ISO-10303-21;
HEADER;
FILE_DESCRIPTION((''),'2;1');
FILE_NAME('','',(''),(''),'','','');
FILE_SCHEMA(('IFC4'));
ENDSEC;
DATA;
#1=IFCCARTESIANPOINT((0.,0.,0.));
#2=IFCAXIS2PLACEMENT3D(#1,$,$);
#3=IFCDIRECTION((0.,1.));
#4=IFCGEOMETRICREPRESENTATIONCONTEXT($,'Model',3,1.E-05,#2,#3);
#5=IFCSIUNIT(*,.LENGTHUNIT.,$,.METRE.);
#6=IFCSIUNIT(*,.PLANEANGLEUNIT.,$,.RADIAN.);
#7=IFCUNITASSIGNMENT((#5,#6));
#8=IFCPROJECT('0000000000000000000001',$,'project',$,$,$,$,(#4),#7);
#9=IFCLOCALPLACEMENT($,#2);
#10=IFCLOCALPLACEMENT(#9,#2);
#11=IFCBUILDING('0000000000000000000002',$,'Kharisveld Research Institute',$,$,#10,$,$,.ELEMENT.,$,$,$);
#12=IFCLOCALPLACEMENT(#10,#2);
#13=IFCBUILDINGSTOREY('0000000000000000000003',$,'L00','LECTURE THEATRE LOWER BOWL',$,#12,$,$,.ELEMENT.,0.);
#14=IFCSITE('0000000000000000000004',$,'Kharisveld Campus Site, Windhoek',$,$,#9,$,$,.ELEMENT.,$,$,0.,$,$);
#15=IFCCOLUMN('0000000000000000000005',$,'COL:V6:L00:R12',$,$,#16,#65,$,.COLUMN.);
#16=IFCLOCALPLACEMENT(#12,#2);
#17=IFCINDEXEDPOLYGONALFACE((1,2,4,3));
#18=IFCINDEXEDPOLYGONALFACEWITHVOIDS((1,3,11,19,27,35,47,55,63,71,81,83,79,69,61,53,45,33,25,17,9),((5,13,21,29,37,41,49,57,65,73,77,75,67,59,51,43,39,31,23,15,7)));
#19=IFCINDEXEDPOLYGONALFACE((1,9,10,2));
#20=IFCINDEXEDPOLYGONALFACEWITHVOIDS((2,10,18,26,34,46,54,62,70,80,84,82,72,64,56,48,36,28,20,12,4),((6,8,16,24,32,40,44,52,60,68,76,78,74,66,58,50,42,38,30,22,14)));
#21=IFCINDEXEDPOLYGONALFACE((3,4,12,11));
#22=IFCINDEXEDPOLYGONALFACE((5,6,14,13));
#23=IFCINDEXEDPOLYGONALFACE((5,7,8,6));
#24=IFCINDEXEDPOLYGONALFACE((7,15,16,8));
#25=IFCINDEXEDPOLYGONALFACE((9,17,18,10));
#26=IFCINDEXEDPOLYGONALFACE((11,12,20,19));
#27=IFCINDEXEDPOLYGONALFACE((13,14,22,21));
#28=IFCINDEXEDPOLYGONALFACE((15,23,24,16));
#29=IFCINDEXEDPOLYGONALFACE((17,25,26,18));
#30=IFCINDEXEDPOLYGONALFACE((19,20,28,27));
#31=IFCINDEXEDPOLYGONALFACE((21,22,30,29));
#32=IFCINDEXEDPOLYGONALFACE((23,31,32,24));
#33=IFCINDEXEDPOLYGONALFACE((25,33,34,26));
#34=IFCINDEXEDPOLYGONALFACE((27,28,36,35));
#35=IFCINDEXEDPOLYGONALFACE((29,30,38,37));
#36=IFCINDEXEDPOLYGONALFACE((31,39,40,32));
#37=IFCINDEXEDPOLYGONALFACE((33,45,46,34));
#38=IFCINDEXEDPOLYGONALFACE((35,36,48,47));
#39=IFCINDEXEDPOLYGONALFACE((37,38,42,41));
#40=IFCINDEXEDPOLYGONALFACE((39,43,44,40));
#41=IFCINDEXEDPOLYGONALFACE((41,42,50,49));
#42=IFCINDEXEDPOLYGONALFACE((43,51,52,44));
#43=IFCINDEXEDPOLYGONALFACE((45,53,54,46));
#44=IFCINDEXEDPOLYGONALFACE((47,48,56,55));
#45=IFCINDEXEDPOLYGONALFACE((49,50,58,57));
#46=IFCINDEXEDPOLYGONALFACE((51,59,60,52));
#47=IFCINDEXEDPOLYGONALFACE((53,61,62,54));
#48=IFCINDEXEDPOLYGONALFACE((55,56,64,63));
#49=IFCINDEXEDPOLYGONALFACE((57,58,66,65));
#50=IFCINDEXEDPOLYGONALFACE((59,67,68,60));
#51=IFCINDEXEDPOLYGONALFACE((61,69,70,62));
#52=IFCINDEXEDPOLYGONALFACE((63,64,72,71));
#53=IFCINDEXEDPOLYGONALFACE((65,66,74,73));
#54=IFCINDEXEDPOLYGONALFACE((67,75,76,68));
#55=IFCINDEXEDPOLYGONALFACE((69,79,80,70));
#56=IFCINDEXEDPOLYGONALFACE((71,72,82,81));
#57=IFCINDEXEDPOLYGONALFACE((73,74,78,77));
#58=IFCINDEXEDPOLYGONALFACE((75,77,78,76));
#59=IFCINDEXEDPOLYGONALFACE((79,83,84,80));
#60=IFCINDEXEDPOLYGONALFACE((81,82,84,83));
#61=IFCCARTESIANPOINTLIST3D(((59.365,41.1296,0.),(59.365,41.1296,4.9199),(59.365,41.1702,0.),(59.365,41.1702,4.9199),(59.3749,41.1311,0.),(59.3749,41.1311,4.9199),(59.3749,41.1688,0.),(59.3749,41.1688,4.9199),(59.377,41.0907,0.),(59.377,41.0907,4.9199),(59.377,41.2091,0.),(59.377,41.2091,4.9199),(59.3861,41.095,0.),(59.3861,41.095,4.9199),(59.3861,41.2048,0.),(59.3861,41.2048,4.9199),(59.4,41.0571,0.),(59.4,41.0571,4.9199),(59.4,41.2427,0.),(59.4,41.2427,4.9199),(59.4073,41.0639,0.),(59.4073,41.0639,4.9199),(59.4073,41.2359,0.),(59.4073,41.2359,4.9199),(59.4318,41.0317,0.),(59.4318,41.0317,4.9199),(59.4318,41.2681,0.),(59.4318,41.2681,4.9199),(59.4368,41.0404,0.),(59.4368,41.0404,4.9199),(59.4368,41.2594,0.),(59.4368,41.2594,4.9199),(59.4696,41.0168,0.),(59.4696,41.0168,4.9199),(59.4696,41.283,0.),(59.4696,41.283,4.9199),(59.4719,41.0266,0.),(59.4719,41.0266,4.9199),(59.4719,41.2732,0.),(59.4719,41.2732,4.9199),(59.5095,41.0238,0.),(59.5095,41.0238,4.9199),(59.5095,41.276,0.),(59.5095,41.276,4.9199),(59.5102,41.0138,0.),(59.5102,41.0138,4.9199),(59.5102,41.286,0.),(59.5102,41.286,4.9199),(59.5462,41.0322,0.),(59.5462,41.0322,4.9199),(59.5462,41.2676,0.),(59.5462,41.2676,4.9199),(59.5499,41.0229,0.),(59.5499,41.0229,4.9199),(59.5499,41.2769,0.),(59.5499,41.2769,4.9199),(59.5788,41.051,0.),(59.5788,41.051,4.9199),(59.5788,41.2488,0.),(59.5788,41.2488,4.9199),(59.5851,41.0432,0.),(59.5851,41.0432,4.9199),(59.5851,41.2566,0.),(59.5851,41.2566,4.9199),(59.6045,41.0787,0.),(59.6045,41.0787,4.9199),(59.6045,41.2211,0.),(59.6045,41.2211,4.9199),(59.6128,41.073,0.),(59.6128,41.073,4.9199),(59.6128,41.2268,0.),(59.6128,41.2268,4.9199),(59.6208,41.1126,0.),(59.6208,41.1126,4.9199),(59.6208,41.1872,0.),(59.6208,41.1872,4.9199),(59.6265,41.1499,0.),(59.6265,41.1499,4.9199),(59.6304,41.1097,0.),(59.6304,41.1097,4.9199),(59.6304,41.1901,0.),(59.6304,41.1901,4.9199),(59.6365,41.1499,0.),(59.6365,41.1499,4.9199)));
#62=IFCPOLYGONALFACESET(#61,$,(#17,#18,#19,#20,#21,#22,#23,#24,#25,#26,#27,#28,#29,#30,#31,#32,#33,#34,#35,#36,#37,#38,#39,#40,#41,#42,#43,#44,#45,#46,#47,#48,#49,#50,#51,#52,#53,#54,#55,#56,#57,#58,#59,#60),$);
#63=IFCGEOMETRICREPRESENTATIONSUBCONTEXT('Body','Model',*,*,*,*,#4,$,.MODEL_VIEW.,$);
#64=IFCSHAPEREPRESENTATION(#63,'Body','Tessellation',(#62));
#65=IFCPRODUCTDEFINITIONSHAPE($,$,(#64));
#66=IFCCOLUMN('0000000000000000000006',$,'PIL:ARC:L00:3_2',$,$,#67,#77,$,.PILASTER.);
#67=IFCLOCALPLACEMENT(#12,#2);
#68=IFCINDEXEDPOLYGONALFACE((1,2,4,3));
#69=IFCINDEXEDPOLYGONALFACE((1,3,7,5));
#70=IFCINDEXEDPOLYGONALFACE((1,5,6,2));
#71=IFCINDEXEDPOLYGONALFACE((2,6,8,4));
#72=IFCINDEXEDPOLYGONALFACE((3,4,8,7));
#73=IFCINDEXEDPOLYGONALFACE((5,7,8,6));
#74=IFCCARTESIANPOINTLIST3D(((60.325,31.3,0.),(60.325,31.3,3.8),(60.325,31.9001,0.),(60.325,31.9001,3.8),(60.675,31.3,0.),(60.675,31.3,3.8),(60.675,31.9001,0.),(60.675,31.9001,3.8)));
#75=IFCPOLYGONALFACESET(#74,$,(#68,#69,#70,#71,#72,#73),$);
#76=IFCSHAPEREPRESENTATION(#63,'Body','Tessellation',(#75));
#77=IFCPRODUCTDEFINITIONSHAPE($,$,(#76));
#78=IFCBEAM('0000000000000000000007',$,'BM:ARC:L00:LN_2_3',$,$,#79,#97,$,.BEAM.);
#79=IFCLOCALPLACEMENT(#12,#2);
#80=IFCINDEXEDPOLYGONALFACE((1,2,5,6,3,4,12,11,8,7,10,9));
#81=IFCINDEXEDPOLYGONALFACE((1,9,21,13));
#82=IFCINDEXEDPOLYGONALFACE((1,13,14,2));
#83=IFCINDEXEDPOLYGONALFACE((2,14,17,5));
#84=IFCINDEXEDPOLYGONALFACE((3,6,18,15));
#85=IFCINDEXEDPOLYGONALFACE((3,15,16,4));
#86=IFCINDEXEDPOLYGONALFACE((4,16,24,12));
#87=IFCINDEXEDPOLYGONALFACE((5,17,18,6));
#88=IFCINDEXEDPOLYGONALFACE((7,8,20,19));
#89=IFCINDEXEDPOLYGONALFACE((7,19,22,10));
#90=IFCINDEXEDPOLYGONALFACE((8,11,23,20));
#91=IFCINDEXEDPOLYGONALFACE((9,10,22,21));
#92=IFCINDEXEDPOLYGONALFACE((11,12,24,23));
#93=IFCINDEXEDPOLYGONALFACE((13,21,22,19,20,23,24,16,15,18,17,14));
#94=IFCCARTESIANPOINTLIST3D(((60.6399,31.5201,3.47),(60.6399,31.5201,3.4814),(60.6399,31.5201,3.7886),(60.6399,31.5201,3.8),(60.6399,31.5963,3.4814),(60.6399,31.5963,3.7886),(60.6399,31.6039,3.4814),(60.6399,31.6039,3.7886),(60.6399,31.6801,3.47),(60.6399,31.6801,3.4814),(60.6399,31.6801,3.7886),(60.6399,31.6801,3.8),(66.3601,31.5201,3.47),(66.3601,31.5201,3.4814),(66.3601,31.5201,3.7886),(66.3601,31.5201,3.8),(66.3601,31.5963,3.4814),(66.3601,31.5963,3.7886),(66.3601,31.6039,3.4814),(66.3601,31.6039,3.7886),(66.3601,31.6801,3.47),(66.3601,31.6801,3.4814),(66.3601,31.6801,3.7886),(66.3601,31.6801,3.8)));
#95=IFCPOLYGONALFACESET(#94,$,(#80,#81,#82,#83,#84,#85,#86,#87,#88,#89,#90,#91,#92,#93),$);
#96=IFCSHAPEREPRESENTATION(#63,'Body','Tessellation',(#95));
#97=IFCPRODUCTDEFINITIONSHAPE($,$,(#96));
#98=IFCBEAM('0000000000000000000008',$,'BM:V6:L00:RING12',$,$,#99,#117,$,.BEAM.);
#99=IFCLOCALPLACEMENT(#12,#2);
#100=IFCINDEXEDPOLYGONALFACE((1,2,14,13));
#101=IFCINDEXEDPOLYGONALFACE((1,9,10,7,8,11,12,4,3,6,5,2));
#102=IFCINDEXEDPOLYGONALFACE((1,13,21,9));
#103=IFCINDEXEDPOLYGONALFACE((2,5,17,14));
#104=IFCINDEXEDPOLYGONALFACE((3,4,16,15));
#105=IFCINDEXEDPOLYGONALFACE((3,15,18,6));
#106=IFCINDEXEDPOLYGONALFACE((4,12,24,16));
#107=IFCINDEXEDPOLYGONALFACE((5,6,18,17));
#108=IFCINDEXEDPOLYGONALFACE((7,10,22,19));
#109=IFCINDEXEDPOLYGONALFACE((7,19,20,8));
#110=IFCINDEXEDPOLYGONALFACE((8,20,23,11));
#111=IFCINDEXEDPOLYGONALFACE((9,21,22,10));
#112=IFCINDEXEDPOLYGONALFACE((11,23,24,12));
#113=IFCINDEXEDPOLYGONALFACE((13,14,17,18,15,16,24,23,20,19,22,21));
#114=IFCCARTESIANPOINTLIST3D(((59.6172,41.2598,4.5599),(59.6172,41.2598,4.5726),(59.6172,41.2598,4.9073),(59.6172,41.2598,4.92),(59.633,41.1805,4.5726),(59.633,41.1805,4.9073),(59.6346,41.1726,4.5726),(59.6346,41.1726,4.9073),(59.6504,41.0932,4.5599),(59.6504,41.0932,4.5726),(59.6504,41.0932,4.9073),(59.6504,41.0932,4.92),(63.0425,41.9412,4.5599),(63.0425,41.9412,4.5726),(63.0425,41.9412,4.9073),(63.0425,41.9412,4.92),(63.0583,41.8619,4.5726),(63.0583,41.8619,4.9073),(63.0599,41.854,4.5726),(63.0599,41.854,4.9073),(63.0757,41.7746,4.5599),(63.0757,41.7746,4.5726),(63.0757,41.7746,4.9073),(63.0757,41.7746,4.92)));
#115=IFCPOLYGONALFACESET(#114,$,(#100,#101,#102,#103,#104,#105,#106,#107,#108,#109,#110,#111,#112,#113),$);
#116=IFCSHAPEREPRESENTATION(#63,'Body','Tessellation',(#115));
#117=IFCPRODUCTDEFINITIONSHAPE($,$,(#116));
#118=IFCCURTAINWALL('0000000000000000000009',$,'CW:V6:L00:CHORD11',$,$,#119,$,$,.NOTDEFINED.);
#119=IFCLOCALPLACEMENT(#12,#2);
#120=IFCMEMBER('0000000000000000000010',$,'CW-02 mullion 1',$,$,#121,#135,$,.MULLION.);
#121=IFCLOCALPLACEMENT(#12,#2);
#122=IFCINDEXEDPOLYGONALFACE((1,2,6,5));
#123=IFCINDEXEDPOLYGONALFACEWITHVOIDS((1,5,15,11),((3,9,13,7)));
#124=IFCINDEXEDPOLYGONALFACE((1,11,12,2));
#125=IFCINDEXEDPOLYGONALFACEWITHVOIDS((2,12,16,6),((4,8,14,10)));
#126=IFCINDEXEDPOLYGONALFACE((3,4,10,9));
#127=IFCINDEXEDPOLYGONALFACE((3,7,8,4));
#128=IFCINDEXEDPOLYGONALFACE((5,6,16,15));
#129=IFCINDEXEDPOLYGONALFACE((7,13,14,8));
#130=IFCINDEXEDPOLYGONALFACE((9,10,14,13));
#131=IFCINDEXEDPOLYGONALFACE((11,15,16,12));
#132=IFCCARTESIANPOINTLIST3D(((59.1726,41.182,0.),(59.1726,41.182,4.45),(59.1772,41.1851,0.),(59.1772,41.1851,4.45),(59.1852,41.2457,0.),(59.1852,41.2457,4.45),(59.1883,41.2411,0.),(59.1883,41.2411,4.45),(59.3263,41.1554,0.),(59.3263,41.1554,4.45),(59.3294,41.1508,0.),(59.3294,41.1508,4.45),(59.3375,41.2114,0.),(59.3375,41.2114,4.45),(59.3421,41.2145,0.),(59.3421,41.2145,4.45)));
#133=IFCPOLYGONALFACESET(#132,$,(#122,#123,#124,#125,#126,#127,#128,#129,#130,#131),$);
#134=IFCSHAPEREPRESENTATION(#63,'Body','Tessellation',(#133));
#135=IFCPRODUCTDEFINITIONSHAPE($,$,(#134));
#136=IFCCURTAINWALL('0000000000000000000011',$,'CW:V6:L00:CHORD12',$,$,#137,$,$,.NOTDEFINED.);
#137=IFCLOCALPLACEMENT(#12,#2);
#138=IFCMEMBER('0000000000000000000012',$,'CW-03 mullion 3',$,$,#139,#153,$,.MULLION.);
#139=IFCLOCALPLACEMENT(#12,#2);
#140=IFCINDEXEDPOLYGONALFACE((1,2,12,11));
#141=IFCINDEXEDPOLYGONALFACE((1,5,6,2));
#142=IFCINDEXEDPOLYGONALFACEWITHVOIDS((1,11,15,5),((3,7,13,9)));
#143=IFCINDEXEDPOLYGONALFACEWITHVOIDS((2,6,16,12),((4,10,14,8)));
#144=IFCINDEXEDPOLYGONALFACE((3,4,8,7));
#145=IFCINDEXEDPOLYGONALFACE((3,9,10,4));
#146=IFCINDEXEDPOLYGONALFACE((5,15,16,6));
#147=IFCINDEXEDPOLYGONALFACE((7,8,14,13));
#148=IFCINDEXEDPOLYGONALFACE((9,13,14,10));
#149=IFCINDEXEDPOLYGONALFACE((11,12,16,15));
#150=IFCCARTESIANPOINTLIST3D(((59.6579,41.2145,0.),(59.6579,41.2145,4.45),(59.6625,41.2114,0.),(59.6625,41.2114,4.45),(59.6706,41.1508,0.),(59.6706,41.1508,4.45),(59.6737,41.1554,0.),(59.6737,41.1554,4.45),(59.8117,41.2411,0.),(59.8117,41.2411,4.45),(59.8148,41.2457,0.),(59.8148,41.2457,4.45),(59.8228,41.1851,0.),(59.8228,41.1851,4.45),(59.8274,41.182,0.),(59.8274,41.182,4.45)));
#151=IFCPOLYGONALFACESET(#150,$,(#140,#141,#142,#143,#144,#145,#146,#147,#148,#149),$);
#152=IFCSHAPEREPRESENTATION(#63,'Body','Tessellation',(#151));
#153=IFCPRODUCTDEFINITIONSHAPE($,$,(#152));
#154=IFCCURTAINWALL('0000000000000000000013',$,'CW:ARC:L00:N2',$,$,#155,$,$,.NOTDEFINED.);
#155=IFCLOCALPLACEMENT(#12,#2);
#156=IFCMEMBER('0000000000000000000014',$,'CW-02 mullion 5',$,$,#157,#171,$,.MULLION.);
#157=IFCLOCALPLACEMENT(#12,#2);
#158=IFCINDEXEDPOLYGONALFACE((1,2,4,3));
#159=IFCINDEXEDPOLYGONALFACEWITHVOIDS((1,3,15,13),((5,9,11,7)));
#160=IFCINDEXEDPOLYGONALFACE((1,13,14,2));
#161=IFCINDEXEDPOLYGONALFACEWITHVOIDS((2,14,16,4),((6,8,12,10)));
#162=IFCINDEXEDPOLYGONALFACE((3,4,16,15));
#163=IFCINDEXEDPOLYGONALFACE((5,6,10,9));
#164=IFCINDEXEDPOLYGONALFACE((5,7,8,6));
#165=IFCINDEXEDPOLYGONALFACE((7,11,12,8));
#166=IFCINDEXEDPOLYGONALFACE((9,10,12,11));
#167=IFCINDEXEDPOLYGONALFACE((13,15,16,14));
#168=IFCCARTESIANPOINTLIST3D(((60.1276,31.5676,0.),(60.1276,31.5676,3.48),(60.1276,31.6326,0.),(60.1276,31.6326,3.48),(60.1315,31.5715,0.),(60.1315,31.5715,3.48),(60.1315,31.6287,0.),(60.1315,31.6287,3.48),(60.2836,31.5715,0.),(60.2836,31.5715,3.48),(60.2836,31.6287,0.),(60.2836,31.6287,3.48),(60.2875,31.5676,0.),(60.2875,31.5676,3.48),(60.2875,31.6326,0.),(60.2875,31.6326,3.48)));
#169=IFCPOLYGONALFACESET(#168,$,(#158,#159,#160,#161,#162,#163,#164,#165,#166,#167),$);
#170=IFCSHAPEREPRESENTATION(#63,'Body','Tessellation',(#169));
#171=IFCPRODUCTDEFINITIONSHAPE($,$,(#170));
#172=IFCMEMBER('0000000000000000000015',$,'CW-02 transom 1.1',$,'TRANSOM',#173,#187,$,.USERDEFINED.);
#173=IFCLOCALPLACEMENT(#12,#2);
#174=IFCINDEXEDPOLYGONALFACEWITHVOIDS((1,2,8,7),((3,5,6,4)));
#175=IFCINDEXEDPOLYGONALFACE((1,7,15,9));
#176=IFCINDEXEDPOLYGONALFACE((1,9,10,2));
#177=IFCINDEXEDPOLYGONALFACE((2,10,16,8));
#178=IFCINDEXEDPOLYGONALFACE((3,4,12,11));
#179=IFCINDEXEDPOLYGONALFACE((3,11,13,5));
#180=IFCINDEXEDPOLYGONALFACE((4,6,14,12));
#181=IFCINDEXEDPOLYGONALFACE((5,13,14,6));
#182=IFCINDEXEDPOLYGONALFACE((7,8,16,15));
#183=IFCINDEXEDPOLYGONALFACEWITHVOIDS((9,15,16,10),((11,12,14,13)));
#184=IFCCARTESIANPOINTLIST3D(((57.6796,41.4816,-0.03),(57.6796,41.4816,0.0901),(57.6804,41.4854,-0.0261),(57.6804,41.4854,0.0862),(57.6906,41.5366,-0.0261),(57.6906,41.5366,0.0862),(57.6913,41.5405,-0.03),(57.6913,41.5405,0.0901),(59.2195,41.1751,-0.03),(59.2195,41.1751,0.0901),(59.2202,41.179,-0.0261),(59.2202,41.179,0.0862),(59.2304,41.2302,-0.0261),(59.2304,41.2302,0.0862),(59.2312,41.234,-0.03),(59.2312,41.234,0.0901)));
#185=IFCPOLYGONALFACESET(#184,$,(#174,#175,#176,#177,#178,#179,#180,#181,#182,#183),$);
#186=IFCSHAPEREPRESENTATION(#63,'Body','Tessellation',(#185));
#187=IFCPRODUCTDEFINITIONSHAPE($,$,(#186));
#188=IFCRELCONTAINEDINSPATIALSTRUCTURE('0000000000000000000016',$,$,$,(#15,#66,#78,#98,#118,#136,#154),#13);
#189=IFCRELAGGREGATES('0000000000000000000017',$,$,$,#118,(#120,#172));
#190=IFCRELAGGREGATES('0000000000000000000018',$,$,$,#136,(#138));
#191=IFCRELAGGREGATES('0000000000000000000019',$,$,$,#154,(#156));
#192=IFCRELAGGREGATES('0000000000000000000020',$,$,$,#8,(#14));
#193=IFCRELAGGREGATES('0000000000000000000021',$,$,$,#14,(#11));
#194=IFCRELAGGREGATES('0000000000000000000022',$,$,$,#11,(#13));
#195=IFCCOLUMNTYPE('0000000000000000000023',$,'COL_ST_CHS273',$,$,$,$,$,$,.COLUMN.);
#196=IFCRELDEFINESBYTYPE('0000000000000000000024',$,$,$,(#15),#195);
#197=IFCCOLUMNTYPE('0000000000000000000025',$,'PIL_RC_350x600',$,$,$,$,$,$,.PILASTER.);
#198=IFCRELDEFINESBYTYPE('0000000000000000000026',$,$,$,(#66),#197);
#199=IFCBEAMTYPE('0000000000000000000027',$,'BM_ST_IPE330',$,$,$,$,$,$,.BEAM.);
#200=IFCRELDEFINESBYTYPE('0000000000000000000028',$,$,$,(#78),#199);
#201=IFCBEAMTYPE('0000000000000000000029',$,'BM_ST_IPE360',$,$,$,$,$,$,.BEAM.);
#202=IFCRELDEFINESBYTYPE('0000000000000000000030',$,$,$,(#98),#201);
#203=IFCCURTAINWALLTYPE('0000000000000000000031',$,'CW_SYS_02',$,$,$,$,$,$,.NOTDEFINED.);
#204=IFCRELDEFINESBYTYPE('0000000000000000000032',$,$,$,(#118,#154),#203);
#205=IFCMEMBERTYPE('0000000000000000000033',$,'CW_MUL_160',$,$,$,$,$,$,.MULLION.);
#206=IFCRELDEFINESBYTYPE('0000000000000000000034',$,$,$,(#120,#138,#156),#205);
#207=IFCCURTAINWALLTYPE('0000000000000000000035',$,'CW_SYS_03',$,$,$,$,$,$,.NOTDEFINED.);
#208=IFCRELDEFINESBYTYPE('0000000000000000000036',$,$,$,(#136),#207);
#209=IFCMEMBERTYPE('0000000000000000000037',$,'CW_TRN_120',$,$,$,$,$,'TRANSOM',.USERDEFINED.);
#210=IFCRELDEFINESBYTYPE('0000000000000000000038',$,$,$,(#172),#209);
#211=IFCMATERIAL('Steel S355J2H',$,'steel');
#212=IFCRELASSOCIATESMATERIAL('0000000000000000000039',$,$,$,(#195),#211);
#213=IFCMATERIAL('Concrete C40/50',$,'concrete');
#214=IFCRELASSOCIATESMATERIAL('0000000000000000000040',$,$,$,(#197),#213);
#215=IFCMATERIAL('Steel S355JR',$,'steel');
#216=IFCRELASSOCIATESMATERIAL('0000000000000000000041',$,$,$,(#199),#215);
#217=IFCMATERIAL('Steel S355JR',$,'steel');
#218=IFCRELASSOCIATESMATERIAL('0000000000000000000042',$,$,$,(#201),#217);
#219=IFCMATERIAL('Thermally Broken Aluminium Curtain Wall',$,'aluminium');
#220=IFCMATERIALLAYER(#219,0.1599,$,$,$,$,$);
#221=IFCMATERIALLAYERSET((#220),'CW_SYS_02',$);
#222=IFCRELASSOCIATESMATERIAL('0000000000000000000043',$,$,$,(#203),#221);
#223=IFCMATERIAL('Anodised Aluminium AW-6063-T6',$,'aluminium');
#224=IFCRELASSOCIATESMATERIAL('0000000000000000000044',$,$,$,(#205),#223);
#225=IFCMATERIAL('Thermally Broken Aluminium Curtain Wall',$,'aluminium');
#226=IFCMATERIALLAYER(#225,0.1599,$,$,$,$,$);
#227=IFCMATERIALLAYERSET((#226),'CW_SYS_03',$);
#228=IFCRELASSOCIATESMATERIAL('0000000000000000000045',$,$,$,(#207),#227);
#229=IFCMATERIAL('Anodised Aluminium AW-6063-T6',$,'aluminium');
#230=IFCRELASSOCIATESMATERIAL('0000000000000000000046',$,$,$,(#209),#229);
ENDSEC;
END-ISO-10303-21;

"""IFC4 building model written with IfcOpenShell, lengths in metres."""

from ifc_helpers import new_model, si_unit, direction, frame, origin, origin_2d, place, context, subcontext, project, spatial, rectangle, hollow_rectangle, hollow_circle, i_section, extrude, material, layer, layer_set, material_profile, profile_set, type_object, element, aggregate, save


model = new_model("IFC4")

# Units and contexts
model_context = context("Model", 3, precision=1e-05, world=origin(), true_north=direction((0.0, 1.0)))
body_context = subcontext(model_context, "Body", "Model", "MODEL_VIEW")
ifc_project = project(units=[si_unit("LENGTHUNIT", "METRE"), si_unit("PLANEANGLEUNIT", "RADIAN")], contexts=[model_context])

# Site, building, storey
site_placement = place(None, origin())
site = spatial("IfcSite", under=ifc_project, at=site_placement, Name="Kharisveld Campus Site, Windhoek", CompositionType="ELEMENT", RefElevation=0.0)
building_placement = place(site_placement, origin())
building = spatial("IfcBuilding", under=site, at=building_placement, Name="Kharisveld Research Institute", CompositionType="ELEMENT")
storey_placement = place(building_placement, origin())
storey = spatial("IfcBuildingStorey", under=building, at=storey_placement, Name="L00", Description="LECTURE THEATRE LOWER BOWL", CompositionType="ELEMENT", Elevation=0.0)

# Columns
ifc_material_1 = material(Name="Steel S355J2H", Category="steel")
ifc_material_profile_1 = material_profile(ifc_material_1, hollow_circle(Radius=0.1365, WallThickness=0.01, at=origin_2d()))
ifc_profile_set_1 = profile_set([ifc_material_profile_1], Name="Steel S355J2H")
column_type_1 = type_object("IfcColumnType", Name="COL_ST_CHS273", PredefinedType="COLUMN", material=ifc_profile_set_1)
column_1_placement = place(storey_placement, frame((59.5, 41.1499, 0.0), z_axis=(0.0, 0.0, 1.0), x_axis=(1.0, 0.0, 0.0)))
element("IfcColumn", 1, at=column_1_placement, inside=storey, type_object=column_type_1, Name="COL:V6:L00:R12", PredefinedType="COLUMN", context=body_context, shape_type="SweptSolid", body=[
    extrude(hollow_circle(Radius=0.1365, WallThickness=0.01, at=origin_2d()), origin(), (0.0, 0.0, 1.0), 4.9199),
])
ifc_material_2 = material(Name="Concrete C40/50", Category="concrete")
ifc_material_profile_2 = material_profile(ifc_material_2, rectangle(XDim=0.3501, YDim=0.6001, at=origin_2d()))
ifc_profile_set_2 = profile_set([ifc_material_profile_2], Name="Concrete C40/50")
column_type_2 = type_object("IfcColumnType", Name="PIL_RC_350x600", PredefinedType="PILASTER", material=ifc_profile_set_2)
column_2_placement = place(storey_placement, frame((60.5, 31.6001, 0.0), z_axis=(0.0, 0.0, 1.0), x_axis=(1.0, 0.0, 0.0)))
element("IfcColumn", 2, at=column_2_placement, inside=storey, type_object=column_type_2, Name="PIL:ARC:L00:3_2", PredefinedType="PILASTER", context=body_context, shape_type="SweptSolid", body=[
    extrude(rectangle(XDim=0.3501, YDim=0.6001, at=origin_2d()), origin(), (0.0, 0.0, 1.0), 3.8),
])

# Beams
ifc_material_3 = material(Name="Steel S355JR", Category="steel")
ifc_material_profile_3 = material_profile(ifc_material_3, i_section(OverallWidth=0.1599, OverallDepth=0.3301, WebThickness=0.0076, FlangeThickness=0.0115, at=origin_2d()))
ifc_profile_set_3 = profile_set([ifc_material_profile_3], Name="Steel S355JR")
beam_type_1 = type_object("IfcBeamType", Name="BM_ST_IPE330", PredefinedType="BEAM", material=ifc_profile_set_3)
beam_1_placement = place(storey_placement, frame((60.6399, 31.6001, 3.635), z_axis=(1.0, 0.0, 0.0), x_axis=(0.0, 1.0, 0.0)))
element("IfcBeam", 3, at=beam_1_placement, inside=storey, type_object=beam_type_1, Name="BM:ARC:L00:LN_2_3", PredefinedType="BEAM", context=body_context, shape_type="SweptSolid", body=[
    extrude(i_section(OverallWidth=0.1599, OverallDepth=0.3301, WebThickness=0.0076, FlangeThickness=0.0115, at=origin_2d()), origin(), (0.0, 0.0, 1.0), 5.7202),
])
ifc_material_4 = material(Name="Steel S355JR", Category="steel")
ifc_material_profile_4 = material_profile(ifc_material_4, i_section(OverallWidth=0.1699, OverallDepth=0.3601, WebThickness=0.0081, FlangeThickness=0.0127, at=origin_2d()))
ifc_profile_set_4 = profile_set([ifc_material_profile_4], Name="Steel S355JR")
beam_type_2 = type_object("IfcBeamType", Name="BM_ST_IPE360", PredefinedType="BEAM", material=ifc_profile_set_4)
beam_2_placement = place(storey_placement, frame((59.6338, 41.1765, 4.74), z_axis=(0.980782, 0.195108, 0.0), x_axis=(-0.195108, 0.980782, 0.0)))
element("IfcBeam", 4, at=beam_2_placement, inside=storey, type_object=beam_type_2, Name="BM:V6:L00:RING12", PredefinedType="BEAM", context=body_context, shape_type="SweptSolid", body=[
    extrude(i_section(OverallWidth=0.1699, OverallDepth=0.3601, WebThickness=0.0081, FlangeThickness=0.0127, at=origin_2d()), origin(), (0.0, 0.0, 1.0), 3.4924),
])

# Curtain walls, members
ifc_material_5 = material(Name="Thermally Broken Aluminium Curtain Wall", Category="aluminium")
ifc_layer_1 = layer(ifc_material_5, 0.1599)
ifc_layer_set_1 = layer_set([ifc_layer_1], Name="CW_SYS_02")
curtain_wall_type_1 = type_object("IfcCurtainWallType", Name="CW_SYS_02", PredefinedType="NOTDEFINED", material=ifc_layer_set_1)
curtain_wall_1_placement = place(storey_placement, origin())
curtain_wall_1 = element("IfcCurtainWall", 5, at=curtain_wall_1_placement, inside=storey, type_object=curtain_wall_type_1, Name="CW:V6:L00:CHORD11", PredefinedType="NOTDEFINED")
ifc_material_6 = material(Name="Anodised Aluminium AW-6063-T6", Category="aluminium")
ifc_material_profile_5 = material_profile(ifc_material_6, hollow_rectangle(XDim=0.0649, YDim=0.1599, WallThickness=0.0039, at=origin_2d()))
ifc_profile_set_5 = profile_set([ifc_material_profile_5], Name="Anodised Aluminium AW-6063-T6")
member_type_1 = type_object("IfcMemberType", Name="CW_MUL_160", PredefinedType="MULLION", material=ifc_profile_set_5)
member_1_placement = place(storey_placement, frame((59.2573, 41.1982, 0.0), z_axis=(0.0, 0.0, 1.0), x_axis=(-0.195091, -0.980785, 0.0)))
member_1 = element("IfcMember", 6, at=member_1_placement, type_object=member_type_1, Name="CW-02 mullion 1", PredefinedType="MULLION", context=body_context, shape_type="SweptSolid", body=[
    extrude(hollow_rectangle(XDim=0.0649, YDim=0.1599, WallThickness=0.0039, at=origin_2d()), origin(), (0.0, 0.0, 1.0), 4.45),
])
ifc_material_7 = material(Name="Thermally Broken Aluminium Curtain Wall", Category="aluminium")
ifc_layer_2 = layer(ifc_material_7, 0.1599)
ifc_layer_set_2 = layer_set([ifc_layer_2], Name="CW_SYS_03")
curtain_wall_type_2 = type_object("IfcCurtainWallType", Name="CW_SYS_03", PredefinedType="NOTDEFINED", material=ifc_layer_set_2)
curtain_wall_2_placement = place(storey_placement, origin())
curtain_wall_2 = element("IfcCurtainWall", 7, at=curtain_wall_2_placement, inside=storey, type_object=curtain_wall_type_2, Name="CW:V6:L00:CHORD12", PredefinedType="NOTDEFINED")
member_2_placement = place(storey_placement, frame((59.7427, 41.1982, 0.0), z_axis=(0.0, 0.0, 1.0), x_axis=(0.195091, -0.980785, 0.0)))
member_2 = element("IfcMember", 8, at=member_2_placement, type_object=member_type_1, Name="CW-03 mullion 3", PredefinedType="MULLION", context=body_context, shape_type="SweptSolid", body=[
    extrude(hollow_rectangle(XDim=0.0649, YDim=0.1599, WallThickness=0.0039, at=origin_2d()), origin(), (0.0, 0.0, 1.0), 4.45),
])
curtain_wall_3_placement = place(storey_placement, origin())
curtain_wall_3 = element("IfcCurtainWall", 9, at=curtain_wall_3_placement, inside=storey, type_object=curtain_wall_type_1, Name="CW:ARC:L00:N2", PredefinedType="NOTDEFINED")
member_3_placement = place(storey_placement, frame((60.2075, 31.6001, 0.0), z_axis=(0.0, 0.0, 1.0), x_axis=(0.0, 1.0, 0.0)))
member_3 = element("IfcMember", 10, at=member_3_placement, type_object=member_type_1, Name="CW-02 mullion 5", PredefinedType="MULLION", context=body_context, shape_type="SweptSolid", body=[
    extrude(hollow_rectangle(XDim=0.0649, YDim=0.1599, WallThickness=0.0039, at=origin_2d()), origin(), (0.0, 0.0, 1.0), 3.48),
])

# Member
ifc_material_8 = material(Name="Anodised Aluminium AW-6063-T6", Category="aluminium")
ifc_material_profile_6 = material_profile(ifc_material_8, hollow_rectangle(XDim=0.0601, YDim=0.1201, WallThickness=0.0039, at=origin_2d()))
ifc_profile_set_6 = profile_set([ifc_material_profile_6], Name="Anodised Aluminium AW-6063-T6")
member_type_2 = type_object("IfcMemberType", Name="CW_TRN_120", ElementType="TRANSOM", PredefinedType="USERDEFINED", material=ifc_profile_set_6)
member_4_placement = place(storey_placement, frame((59.2253, 41.2046, 0.03), z_axis=(-0.980772, 0.195159, 0.0), x_axis=(-0.195159, -0.980772, 0.0)))
member_4 = element("IfcMember", 11, at=member_4_placement, type_object=member_type_2, Name="CW-02 transom 1.1", ObjectType="TRANSOM", PredefinedType="USERDEFINED", context=body_context, shape_type="SweptSolid", body=[
    extrude(hollow_rectangle(XDim=0.0601, YDim=0.1201, WallThickness=0.0039, at=origin_2d()), origin(), (0.0, 0.0, 1.0), 1.5701),
])

aggregate(curtain_wall_1, [member_1, member_4])
aggregate(curtain_wall_2, [member_2])
aggregate(curtain_wall_3, [member_3])

save(model, "model.ifc")
